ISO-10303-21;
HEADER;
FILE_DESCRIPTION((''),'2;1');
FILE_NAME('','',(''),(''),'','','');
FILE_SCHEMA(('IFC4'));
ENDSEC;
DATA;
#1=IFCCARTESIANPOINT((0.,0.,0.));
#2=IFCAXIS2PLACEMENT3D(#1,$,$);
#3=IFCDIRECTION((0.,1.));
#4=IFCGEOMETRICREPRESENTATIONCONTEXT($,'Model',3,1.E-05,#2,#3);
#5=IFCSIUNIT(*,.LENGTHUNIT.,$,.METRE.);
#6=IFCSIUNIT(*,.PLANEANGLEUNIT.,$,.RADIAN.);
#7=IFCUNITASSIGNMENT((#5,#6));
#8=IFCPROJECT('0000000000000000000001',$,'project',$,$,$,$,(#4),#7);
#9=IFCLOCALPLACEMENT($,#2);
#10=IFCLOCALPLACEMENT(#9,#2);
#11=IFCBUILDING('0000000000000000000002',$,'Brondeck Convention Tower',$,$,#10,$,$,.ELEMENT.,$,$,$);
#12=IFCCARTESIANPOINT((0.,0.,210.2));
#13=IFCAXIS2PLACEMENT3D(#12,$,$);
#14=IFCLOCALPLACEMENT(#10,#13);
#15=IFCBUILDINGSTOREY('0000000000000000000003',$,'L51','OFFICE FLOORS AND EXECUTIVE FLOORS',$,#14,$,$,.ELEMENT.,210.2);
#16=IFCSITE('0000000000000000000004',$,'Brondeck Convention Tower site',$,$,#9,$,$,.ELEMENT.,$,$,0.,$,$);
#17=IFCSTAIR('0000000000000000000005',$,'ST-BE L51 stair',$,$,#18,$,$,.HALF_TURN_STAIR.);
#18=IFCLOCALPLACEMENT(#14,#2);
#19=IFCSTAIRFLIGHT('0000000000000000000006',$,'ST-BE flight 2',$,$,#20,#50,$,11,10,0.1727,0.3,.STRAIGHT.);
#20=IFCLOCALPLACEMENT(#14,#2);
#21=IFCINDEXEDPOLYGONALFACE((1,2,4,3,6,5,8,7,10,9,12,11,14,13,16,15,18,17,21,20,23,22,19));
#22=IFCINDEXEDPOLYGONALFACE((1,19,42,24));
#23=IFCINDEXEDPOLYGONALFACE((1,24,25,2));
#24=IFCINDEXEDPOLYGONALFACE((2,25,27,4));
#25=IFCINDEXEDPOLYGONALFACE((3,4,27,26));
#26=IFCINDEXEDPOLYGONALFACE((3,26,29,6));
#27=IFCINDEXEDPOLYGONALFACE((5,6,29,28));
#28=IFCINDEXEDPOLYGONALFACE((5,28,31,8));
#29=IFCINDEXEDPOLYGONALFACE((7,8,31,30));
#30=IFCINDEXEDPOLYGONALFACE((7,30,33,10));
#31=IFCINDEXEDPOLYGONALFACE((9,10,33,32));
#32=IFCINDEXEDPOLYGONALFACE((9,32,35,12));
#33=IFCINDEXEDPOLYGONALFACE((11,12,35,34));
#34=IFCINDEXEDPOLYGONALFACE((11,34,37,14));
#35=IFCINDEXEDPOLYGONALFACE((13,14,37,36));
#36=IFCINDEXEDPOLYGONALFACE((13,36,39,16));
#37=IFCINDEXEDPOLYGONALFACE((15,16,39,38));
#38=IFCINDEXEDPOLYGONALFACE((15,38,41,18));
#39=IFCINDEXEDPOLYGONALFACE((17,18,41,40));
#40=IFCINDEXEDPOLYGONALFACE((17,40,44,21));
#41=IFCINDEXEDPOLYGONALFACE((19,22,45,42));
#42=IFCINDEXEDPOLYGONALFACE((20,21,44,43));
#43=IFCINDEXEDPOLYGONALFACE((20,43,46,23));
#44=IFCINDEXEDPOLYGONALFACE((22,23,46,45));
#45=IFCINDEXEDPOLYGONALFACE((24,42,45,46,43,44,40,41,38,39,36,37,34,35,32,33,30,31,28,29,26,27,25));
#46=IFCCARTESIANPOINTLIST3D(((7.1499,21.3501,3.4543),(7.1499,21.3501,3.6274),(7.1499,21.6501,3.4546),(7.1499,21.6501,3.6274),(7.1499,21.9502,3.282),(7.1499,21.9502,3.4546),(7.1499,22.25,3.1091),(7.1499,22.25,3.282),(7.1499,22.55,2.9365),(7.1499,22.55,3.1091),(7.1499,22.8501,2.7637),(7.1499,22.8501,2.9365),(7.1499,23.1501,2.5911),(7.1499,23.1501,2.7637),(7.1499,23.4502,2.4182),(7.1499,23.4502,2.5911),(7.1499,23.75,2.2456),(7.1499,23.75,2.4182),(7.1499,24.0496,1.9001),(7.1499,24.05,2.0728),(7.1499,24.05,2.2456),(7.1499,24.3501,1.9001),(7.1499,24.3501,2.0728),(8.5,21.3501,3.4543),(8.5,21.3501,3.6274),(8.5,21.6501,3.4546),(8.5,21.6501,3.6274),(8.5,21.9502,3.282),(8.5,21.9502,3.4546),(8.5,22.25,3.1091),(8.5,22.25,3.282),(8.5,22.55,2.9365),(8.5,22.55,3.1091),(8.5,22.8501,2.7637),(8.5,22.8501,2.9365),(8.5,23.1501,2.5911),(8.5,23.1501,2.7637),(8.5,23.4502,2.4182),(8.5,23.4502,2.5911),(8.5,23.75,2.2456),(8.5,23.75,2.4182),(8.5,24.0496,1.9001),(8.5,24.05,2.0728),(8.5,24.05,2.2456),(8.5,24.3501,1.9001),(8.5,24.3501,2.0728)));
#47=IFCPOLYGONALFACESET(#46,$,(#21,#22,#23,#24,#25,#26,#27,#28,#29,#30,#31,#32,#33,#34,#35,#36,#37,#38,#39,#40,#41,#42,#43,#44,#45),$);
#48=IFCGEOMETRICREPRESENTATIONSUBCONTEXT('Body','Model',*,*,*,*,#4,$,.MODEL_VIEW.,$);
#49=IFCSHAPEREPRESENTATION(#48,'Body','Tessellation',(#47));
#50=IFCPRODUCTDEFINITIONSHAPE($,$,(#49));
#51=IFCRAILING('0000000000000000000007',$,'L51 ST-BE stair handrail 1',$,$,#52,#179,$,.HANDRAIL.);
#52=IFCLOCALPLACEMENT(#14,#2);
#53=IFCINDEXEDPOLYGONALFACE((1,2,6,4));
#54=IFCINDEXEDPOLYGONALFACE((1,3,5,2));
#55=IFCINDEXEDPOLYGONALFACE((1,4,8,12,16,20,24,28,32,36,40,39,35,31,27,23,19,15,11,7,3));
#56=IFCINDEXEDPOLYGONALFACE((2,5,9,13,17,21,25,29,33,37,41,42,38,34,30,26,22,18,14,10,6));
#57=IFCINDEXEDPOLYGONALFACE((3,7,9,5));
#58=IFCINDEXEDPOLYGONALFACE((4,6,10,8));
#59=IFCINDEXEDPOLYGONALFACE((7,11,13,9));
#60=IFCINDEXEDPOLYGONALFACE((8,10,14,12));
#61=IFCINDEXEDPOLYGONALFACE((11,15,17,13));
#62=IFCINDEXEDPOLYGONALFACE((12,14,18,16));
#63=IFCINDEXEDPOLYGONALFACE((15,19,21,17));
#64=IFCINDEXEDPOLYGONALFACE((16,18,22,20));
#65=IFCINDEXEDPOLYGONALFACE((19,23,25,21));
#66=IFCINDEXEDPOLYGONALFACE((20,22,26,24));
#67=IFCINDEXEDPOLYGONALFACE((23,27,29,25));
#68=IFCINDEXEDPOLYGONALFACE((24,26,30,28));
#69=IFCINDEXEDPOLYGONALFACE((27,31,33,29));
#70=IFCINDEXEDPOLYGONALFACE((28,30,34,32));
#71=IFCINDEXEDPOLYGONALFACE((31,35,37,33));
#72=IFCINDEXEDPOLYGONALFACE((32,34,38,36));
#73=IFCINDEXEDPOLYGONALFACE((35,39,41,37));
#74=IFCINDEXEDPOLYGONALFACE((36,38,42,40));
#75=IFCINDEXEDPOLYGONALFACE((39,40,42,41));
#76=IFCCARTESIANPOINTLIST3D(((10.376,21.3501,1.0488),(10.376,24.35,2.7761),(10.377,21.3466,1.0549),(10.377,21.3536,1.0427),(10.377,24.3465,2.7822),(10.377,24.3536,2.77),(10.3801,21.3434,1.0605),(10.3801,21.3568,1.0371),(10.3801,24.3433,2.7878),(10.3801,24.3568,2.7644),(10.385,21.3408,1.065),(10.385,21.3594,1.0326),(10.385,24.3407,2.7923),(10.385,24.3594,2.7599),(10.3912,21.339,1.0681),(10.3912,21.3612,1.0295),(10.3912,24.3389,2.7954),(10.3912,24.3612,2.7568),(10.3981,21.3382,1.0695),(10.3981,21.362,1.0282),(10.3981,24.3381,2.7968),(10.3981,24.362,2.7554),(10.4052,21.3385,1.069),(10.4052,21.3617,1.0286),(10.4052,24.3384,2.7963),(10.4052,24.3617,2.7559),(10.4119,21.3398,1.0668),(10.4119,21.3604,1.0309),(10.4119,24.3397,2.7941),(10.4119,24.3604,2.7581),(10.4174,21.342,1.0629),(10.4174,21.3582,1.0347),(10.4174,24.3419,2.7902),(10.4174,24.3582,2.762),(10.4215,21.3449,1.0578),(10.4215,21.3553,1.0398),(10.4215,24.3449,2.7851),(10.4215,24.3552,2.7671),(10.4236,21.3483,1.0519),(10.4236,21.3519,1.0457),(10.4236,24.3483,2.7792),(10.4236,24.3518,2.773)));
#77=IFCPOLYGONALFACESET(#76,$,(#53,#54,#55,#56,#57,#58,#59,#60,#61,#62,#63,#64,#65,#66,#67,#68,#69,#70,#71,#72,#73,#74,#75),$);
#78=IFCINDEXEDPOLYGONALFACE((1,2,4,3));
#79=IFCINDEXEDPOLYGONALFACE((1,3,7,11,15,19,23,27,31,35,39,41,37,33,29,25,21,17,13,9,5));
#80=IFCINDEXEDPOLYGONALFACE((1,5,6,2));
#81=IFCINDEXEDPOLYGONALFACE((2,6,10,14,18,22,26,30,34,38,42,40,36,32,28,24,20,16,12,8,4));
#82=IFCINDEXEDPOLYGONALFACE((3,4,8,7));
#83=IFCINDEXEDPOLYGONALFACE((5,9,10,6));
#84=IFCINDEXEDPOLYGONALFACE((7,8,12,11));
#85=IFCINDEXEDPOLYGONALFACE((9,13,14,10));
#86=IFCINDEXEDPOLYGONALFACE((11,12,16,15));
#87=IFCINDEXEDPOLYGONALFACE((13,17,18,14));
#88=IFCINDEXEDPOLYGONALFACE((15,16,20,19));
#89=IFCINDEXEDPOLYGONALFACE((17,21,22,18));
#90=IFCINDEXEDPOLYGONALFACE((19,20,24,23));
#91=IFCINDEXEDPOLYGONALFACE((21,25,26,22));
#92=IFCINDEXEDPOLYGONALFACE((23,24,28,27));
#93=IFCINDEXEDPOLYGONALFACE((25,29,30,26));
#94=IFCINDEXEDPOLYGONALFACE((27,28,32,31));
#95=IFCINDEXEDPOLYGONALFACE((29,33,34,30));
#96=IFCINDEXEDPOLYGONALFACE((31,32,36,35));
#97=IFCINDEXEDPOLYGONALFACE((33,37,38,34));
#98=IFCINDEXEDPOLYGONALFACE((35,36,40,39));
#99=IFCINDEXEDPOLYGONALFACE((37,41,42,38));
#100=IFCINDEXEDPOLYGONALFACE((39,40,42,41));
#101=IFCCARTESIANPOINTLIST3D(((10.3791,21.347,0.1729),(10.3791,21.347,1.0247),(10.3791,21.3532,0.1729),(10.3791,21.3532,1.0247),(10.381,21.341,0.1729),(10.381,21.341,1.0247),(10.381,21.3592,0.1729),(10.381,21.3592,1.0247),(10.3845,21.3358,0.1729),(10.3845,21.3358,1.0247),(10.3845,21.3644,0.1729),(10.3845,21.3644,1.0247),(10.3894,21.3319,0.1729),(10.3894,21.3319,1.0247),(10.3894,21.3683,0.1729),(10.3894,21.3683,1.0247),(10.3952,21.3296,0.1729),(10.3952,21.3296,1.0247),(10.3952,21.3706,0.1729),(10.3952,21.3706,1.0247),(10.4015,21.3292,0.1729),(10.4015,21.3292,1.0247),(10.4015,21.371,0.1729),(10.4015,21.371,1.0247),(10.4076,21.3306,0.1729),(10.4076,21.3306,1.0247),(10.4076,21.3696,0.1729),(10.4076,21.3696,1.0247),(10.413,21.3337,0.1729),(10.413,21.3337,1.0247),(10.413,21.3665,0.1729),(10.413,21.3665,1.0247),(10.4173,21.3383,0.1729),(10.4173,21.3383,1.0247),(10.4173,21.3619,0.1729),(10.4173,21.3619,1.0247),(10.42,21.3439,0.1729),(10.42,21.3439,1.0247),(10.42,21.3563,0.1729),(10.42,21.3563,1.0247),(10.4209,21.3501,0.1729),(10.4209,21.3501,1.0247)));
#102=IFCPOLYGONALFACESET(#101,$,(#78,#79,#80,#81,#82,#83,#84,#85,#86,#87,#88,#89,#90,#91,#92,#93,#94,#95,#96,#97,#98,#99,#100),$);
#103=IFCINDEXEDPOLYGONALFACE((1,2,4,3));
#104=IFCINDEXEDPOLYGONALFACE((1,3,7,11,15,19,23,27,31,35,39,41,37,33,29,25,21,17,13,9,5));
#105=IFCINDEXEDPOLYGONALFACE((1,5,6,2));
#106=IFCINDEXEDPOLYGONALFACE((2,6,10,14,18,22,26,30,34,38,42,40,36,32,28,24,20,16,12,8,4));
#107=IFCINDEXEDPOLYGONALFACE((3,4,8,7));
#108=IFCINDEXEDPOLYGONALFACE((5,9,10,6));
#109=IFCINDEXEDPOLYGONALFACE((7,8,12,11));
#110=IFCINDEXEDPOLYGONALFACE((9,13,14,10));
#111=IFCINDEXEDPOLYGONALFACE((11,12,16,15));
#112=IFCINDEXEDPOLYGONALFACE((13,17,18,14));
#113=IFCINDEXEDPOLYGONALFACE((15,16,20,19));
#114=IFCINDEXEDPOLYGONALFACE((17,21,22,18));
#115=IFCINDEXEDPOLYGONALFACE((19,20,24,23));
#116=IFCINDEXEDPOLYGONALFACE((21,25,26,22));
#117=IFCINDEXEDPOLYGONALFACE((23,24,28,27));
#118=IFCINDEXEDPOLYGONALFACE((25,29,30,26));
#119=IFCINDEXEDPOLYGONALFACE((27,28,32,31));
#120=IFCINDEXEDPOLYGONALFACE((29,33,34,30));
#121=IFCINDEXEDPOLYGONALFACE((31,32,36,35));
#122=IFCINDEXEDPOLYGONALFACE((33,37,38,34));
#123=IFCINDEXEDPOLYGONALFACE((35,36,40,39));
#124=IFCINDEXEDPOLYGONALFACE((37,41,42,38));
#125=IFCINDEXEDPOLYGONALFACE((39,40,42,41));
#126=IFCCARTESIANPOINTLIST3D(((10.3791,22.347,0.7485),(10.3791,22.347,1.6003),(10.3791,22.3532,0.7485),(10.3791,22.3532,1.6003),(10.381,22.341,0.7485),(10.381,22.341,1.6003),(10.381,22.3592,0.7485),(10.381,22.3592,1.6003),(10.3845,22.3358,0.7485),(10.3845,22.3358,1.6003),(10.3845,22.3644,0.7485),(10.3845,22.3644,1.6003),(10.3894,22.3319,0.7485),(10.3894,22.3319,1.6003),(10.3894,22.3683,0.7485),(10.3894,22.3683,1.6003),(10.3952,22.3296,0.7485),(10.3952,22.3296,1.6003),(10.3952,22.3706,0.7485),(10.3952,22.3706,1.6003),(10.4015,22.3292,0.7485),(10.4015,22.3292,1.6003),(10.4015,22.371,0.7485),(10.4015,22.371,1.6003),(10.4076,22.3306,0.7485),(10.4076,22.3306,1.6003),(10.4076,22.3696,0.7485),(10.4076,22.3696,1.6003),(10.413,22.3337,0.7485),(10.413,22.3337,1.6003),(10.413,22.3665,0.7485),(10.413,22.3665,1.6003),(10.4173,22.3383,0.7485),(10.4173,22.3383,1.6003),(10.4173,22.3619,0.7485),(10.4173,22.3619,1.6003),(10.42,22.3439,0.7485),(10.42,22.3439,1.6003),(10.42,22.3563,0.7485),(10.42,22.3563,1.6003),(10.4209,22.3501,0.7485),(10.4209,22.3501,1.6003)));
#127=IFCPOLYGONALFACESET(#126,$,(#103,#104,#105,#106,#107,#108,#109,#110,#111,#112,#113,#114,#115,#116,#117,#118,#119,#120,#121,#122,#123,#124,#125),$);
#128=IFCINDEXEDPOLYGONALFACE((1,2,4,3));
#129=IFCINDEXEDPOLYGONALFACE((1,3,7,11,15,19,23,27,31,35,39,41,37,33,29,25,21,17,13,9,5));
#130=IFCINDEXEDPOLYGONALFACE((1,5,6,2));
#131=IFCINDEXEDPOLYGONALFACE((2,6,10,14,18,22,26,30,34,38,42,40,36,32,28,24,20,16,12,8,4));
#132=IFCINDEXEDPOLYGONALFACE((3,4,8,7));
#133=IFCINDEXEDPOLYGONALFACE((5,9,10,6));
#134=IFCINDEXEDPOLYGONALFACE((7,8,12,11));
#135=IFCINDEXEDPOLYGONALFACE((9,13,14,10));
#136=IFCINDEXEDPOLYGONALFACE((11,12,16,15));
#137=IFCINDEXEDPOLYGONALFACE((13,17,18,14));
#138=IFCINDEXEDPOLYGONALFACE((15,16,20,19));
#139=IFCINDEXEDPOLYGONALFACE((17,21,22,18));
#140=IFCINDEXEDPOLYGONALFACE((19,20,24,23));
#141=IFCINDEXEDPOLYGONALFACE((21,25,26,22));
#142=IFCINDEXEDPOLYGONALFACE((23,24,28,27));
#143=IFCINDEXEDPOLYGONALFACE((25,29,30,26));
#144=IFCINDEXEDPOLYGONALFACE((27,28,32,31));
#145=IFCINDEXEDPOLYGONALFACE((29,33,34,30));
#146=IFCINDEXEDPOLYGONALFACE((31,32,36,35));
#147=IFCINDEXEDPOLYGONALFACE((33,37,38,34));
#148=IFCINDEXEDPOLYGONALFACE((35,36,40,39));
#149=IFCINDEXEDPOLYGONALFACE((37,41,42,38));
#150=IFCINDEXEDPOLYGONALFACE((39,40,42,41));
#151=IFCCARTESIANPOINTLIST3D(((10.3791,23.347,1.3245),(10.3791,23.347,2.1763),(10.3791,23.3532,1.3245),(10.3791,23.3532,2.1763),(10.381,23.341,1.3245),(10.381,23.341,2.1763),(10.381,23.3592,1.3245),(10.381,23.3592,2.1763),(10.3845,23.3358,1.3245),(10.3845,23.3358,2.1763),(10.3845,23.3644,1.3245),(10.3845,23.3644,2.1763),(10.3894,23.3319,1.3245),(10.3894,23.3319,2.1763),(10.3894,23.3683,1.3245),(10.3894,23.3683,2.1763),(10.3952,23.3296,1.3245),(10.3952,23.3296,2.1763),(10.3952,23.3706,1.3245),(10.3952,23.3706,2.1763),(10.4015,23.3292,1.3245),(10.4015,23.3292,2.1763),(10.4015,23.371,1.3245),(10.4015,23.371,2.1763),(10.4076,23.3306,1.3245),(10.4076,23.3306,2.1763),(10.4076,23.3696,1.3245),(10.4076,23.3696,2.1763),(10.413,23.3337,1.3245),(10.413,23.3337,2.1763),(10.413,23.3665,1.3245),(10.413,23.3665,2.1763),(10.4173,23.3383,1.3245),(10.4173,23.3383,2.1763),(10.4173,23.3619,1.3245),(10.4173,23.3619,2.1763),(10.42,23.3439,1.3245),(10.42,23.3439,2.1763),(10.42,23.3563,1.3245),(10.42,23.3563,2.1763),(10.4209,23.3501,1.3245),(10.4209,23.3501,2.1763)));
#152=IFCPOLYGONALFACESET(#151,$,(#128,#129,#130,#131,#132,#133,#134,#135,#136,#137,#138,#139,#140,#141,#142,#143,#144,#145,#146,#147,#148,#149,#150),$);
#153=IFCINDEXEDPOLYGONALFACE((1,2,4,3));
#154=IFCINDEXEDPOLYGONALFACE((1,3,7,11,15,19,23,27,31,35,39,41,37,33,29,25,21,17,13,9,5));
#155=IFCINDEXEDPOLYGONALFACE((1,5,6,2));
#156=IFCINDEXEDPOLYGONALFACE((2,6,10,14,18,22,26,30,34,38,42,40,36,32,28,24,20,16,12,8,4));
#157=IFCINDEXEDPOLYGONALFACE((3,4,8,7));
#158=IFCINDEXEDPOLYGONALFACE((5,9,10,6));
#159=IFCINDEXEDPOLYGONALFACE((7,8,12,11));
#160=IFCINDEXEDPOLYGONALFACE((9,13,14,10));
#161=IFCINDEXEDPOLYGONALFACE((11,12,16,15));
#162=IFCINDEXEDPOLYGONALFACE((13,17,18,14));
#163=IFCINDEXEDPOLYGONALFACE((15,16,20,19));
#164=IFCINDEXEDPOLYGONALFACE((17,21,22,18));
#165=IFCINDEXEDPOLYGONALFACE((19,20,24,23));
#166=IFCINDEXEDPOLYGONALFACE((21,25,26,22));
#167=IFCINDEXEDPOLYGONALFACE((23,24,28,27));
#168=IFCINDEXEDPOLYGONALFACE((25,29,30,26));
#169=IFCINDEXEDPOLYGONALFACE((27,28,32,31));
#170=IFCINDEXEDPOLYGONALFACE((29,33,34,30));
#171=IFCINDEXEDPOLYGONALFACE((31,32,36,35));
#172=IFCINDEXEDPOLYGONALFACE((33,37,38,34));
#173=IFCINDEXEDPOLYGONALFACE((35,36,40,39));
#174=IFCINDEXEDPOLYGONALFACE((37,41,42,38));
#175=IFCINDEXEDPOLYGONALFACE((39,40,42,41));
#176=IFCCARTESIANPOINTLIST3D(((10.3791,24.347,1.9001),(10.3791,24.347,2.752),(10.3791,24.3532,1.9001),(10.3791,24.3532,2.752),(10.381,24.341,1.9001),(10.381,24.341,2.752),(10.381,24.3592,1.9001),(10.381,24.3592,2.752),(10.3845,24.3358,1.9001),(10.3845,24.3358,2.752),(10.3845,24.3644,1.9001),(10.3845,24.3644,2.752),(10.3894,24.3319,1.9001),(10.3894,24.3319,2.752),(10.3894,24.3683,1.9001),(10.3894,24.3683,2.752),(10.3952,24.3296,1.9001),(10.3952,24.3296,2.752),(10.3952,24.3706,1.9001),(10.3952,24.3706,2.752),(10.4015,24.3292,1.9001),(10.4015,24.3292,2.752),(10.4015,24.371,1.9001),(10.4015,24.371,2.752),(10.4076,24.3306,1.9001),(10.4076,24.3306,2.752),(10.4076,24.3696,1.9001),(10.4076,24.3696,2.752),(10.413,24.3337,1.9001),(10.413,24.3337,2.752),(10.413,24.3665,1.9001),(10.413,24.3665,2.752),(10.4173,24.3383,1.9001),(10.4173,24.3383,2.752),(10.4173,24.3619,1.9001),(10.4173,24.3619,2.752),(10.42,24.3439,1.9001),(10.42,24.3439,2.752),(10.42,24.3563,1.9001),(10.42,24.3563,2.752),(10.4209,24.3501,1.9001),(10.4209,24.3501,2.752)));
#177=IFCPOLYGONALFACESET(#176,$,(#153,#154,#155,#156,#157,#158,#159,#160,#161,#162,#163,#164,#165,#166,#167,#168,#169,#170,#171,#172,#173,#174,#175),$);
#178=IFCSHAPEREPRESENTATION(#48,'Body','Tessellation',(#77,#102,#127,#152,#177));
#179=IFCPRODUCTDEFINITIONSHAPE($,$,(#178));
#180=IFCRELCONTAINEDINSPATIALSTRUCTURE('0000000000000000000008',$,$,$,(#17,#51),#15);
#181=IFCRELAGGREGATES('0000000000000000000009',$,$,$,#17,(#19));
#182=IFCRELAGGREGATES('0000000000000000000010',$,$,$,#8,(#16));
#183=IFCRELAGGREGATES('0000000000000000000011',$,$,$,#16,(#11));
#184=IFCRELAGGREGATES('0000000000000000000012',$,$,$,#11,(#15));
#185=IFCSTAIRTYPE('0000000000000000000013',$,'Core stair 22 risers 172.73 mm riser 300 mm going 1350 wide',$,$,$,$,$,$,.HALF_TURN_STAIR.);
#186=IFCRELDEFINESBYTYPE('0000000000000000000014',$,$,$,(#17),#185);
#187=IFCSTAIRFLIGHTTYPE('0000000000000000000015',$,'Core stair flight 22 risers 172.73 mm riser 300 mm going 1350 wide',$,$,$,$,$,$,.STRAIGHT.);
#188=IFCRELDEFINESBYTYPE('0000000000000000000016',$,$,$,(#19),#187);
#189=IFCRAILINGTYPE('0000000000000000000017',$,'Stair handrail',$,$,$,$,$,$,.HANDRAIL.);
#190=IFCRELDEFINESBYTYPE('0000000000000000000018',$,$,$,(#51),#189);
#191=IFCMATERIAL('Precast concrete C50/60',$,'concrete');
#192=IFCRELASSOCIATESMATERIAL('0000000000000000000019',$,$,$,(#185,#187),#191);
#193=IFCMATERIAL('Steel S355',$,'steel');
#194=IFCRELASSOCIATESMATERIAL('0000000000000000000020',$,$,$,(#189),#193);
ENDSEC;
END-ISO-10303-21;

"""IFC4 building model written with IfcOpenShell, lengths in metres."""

from ifc_helpers import new_model, si_unit, direction, frame, origin, origin_2d, place, context, subcontext, project, spatial, polyline, circle, outline, extrude, material, type_object, element, aggregate, save


model = new_model("IFC4")

# Units and contexts
model_context = context("Model", 3, precision=1e-05, world=origin(), true_north=direction((0.0, 1.0)))
body_context = subcontext(model_context, "Body", "Model", "MODEL_VIEW")
ifc_project = project(units=[si_unit("LENGTHUNIT", "METRE"), si_unit("PLANEANGLEUNIT", "RADIAN")], contexts=[model_context])

# Site, building, storey
site_placement = place(None, origin())
site = spatial("IfcSite", under=ifc_project, at=site_placement, Name="Brondeck Convention Tower site", CompositionType="ELEMENT", RefElevation=0.0)
building_placement = place(site_placement, origin())
building = spatial("IfcBuilding", under=site, at=building_placement, Name="Brondeck Convention Tower", CompositionType="ELEMENT")
storey_placement = place(building_placement, frame((0.0, 0.0, 210.2)))
storey = spatial("IfcBuildingStorey", under=building, at=storey_placement, Name="L51", Description="OFFICE FLOORS AND EXECUTIVE FLOORS", CompositionType="ELEMENT", Elevation=210.2)

# Shared definitions
ifc_material_1 = material(Name="Steel S355", Category="steel")

# Stair, stair flight
ifc_material_2 = material(Name="Precast concrete C50/60", Category="concrete")
stair_type = type_object("IfcStairType", Name="Core stair 22 risers 172.73 mm riser 300 mm going 1350 wide", PredefinedType="HALF_TURN_STAIR", material=ifc_material_2)
stair_placement = place(storey_placement, origin())
stair = element("IfcStair", 1, at=stair_placement, inside=storey, type_object=stair_type, Name="ST-BE L51 stair", PredefinedType="HALF_TURN_STAIR")
stair_flight_type = type_object("IfcStairFlightType", Name="Core stair flight 22 risers 172.73 mm riser 300 mm going 1350 wide", PredefinedType="STRAIGHT", material=ifc_material_2)
stair_flight_1_placement = place(storey_placement, frame((7.825, 24.3501, 1.9001), z_axis=(0.0, 0.0, 1.0), x_axis=(0.0, -1.0, 0.0)))
stair_flight_1 = element("IfcStairFlight", 2, at=stair_flight_1_placement, type_object=stair_flight_type, Name="ST-BE flight 2", NumberOfRisers=11, NumberOfTreads=10, PredefinedType="STRAIGHT", RiserHeight=0.1727, TreadLength=0.3, context=body_context, shape_type="SweptSolid", body=[
    extrude(outline(polyline([(0.0, 0.0), (0.0, 0.1726), (0.3, 0.1726), (0.3, 0.3455), (0.6001, 0.3455), (0.6001, 0.5181), (0.8999, 0.5181), (0.8999, 0.6909), (1.2, 0.6909), (1.2, 0.8635), (1.5, 0.8635), (1.5, 1.0364), (1.8, 1.0364), (1.8, 1.209), (2.1001, 1.209), (2.1001, 1.3818), (2.3999, 1.3818), (2.3999, 1.5544), (2.7, 1.5544), (2.7, 1.7273), (3.0, 1.7273), (3.0, 1.8999), (3.0, 1.5542), (0.3005, 0.0), (0.0, 0.0)])), frame((0.0, 0.675, 0.0), z_axis=(0.0, -1.0, 0.0), x_axis=(1.0, 0.0, 0.0)), (0.0, 0.0, 1.0), 1.3501),
])
aggregate(stair, [stair_flight_1])

# Railing
railing_type_1 = type_object("IfcRailingType", Name="Stair handrail", PredefinedType="HANDRAIL", material=ifc_material_1)
railing_1_placement = place(storey_placement, frame((10.3999, 21.3501, 0.1729)))
element("IfcRailing", 3, at=railing_1_placement, inside=storey, type_object=railing_type_1, Name="L51 ST-BE stair handrail 1", PredefinedType="HANDRAIL", context=body_context, shape_type="SweptSolid", body=[
    extrude(circle(Radius=0.0239, at=origin_2d()), frame((0.0, 0.0, 0.876), z_axis=(0.0, 0.86662, 0.498969), x_axis=(-1.0, 0.0, 0.0)), (0.0, 0.0, 1.0), 3.4617),
    extrude(circle(Radius=0.021, at=origin_2d()), origin(), (0.0, 0.0, 1.0), 0.8518),
    extrude(circle(Radius=0.021, at=origin_2d()), frame((0.0, 1.0, 0.5757)), (0.0, 0.0, 1.0), 0.8518),
    extrude(circle(Radius=0.021, at=origin_2d()), frame((0.0, 2.0, 1.1516)), (0.0, 0.0, 1.0), 0.8518),
    extrude(circle(Radius=0.021, at=origin_2d()), frame((0.0, 3.0, 1.7273)), (0.0, 0.0, 1.0), 0.8518),
])

save(model, "model.ifc")
